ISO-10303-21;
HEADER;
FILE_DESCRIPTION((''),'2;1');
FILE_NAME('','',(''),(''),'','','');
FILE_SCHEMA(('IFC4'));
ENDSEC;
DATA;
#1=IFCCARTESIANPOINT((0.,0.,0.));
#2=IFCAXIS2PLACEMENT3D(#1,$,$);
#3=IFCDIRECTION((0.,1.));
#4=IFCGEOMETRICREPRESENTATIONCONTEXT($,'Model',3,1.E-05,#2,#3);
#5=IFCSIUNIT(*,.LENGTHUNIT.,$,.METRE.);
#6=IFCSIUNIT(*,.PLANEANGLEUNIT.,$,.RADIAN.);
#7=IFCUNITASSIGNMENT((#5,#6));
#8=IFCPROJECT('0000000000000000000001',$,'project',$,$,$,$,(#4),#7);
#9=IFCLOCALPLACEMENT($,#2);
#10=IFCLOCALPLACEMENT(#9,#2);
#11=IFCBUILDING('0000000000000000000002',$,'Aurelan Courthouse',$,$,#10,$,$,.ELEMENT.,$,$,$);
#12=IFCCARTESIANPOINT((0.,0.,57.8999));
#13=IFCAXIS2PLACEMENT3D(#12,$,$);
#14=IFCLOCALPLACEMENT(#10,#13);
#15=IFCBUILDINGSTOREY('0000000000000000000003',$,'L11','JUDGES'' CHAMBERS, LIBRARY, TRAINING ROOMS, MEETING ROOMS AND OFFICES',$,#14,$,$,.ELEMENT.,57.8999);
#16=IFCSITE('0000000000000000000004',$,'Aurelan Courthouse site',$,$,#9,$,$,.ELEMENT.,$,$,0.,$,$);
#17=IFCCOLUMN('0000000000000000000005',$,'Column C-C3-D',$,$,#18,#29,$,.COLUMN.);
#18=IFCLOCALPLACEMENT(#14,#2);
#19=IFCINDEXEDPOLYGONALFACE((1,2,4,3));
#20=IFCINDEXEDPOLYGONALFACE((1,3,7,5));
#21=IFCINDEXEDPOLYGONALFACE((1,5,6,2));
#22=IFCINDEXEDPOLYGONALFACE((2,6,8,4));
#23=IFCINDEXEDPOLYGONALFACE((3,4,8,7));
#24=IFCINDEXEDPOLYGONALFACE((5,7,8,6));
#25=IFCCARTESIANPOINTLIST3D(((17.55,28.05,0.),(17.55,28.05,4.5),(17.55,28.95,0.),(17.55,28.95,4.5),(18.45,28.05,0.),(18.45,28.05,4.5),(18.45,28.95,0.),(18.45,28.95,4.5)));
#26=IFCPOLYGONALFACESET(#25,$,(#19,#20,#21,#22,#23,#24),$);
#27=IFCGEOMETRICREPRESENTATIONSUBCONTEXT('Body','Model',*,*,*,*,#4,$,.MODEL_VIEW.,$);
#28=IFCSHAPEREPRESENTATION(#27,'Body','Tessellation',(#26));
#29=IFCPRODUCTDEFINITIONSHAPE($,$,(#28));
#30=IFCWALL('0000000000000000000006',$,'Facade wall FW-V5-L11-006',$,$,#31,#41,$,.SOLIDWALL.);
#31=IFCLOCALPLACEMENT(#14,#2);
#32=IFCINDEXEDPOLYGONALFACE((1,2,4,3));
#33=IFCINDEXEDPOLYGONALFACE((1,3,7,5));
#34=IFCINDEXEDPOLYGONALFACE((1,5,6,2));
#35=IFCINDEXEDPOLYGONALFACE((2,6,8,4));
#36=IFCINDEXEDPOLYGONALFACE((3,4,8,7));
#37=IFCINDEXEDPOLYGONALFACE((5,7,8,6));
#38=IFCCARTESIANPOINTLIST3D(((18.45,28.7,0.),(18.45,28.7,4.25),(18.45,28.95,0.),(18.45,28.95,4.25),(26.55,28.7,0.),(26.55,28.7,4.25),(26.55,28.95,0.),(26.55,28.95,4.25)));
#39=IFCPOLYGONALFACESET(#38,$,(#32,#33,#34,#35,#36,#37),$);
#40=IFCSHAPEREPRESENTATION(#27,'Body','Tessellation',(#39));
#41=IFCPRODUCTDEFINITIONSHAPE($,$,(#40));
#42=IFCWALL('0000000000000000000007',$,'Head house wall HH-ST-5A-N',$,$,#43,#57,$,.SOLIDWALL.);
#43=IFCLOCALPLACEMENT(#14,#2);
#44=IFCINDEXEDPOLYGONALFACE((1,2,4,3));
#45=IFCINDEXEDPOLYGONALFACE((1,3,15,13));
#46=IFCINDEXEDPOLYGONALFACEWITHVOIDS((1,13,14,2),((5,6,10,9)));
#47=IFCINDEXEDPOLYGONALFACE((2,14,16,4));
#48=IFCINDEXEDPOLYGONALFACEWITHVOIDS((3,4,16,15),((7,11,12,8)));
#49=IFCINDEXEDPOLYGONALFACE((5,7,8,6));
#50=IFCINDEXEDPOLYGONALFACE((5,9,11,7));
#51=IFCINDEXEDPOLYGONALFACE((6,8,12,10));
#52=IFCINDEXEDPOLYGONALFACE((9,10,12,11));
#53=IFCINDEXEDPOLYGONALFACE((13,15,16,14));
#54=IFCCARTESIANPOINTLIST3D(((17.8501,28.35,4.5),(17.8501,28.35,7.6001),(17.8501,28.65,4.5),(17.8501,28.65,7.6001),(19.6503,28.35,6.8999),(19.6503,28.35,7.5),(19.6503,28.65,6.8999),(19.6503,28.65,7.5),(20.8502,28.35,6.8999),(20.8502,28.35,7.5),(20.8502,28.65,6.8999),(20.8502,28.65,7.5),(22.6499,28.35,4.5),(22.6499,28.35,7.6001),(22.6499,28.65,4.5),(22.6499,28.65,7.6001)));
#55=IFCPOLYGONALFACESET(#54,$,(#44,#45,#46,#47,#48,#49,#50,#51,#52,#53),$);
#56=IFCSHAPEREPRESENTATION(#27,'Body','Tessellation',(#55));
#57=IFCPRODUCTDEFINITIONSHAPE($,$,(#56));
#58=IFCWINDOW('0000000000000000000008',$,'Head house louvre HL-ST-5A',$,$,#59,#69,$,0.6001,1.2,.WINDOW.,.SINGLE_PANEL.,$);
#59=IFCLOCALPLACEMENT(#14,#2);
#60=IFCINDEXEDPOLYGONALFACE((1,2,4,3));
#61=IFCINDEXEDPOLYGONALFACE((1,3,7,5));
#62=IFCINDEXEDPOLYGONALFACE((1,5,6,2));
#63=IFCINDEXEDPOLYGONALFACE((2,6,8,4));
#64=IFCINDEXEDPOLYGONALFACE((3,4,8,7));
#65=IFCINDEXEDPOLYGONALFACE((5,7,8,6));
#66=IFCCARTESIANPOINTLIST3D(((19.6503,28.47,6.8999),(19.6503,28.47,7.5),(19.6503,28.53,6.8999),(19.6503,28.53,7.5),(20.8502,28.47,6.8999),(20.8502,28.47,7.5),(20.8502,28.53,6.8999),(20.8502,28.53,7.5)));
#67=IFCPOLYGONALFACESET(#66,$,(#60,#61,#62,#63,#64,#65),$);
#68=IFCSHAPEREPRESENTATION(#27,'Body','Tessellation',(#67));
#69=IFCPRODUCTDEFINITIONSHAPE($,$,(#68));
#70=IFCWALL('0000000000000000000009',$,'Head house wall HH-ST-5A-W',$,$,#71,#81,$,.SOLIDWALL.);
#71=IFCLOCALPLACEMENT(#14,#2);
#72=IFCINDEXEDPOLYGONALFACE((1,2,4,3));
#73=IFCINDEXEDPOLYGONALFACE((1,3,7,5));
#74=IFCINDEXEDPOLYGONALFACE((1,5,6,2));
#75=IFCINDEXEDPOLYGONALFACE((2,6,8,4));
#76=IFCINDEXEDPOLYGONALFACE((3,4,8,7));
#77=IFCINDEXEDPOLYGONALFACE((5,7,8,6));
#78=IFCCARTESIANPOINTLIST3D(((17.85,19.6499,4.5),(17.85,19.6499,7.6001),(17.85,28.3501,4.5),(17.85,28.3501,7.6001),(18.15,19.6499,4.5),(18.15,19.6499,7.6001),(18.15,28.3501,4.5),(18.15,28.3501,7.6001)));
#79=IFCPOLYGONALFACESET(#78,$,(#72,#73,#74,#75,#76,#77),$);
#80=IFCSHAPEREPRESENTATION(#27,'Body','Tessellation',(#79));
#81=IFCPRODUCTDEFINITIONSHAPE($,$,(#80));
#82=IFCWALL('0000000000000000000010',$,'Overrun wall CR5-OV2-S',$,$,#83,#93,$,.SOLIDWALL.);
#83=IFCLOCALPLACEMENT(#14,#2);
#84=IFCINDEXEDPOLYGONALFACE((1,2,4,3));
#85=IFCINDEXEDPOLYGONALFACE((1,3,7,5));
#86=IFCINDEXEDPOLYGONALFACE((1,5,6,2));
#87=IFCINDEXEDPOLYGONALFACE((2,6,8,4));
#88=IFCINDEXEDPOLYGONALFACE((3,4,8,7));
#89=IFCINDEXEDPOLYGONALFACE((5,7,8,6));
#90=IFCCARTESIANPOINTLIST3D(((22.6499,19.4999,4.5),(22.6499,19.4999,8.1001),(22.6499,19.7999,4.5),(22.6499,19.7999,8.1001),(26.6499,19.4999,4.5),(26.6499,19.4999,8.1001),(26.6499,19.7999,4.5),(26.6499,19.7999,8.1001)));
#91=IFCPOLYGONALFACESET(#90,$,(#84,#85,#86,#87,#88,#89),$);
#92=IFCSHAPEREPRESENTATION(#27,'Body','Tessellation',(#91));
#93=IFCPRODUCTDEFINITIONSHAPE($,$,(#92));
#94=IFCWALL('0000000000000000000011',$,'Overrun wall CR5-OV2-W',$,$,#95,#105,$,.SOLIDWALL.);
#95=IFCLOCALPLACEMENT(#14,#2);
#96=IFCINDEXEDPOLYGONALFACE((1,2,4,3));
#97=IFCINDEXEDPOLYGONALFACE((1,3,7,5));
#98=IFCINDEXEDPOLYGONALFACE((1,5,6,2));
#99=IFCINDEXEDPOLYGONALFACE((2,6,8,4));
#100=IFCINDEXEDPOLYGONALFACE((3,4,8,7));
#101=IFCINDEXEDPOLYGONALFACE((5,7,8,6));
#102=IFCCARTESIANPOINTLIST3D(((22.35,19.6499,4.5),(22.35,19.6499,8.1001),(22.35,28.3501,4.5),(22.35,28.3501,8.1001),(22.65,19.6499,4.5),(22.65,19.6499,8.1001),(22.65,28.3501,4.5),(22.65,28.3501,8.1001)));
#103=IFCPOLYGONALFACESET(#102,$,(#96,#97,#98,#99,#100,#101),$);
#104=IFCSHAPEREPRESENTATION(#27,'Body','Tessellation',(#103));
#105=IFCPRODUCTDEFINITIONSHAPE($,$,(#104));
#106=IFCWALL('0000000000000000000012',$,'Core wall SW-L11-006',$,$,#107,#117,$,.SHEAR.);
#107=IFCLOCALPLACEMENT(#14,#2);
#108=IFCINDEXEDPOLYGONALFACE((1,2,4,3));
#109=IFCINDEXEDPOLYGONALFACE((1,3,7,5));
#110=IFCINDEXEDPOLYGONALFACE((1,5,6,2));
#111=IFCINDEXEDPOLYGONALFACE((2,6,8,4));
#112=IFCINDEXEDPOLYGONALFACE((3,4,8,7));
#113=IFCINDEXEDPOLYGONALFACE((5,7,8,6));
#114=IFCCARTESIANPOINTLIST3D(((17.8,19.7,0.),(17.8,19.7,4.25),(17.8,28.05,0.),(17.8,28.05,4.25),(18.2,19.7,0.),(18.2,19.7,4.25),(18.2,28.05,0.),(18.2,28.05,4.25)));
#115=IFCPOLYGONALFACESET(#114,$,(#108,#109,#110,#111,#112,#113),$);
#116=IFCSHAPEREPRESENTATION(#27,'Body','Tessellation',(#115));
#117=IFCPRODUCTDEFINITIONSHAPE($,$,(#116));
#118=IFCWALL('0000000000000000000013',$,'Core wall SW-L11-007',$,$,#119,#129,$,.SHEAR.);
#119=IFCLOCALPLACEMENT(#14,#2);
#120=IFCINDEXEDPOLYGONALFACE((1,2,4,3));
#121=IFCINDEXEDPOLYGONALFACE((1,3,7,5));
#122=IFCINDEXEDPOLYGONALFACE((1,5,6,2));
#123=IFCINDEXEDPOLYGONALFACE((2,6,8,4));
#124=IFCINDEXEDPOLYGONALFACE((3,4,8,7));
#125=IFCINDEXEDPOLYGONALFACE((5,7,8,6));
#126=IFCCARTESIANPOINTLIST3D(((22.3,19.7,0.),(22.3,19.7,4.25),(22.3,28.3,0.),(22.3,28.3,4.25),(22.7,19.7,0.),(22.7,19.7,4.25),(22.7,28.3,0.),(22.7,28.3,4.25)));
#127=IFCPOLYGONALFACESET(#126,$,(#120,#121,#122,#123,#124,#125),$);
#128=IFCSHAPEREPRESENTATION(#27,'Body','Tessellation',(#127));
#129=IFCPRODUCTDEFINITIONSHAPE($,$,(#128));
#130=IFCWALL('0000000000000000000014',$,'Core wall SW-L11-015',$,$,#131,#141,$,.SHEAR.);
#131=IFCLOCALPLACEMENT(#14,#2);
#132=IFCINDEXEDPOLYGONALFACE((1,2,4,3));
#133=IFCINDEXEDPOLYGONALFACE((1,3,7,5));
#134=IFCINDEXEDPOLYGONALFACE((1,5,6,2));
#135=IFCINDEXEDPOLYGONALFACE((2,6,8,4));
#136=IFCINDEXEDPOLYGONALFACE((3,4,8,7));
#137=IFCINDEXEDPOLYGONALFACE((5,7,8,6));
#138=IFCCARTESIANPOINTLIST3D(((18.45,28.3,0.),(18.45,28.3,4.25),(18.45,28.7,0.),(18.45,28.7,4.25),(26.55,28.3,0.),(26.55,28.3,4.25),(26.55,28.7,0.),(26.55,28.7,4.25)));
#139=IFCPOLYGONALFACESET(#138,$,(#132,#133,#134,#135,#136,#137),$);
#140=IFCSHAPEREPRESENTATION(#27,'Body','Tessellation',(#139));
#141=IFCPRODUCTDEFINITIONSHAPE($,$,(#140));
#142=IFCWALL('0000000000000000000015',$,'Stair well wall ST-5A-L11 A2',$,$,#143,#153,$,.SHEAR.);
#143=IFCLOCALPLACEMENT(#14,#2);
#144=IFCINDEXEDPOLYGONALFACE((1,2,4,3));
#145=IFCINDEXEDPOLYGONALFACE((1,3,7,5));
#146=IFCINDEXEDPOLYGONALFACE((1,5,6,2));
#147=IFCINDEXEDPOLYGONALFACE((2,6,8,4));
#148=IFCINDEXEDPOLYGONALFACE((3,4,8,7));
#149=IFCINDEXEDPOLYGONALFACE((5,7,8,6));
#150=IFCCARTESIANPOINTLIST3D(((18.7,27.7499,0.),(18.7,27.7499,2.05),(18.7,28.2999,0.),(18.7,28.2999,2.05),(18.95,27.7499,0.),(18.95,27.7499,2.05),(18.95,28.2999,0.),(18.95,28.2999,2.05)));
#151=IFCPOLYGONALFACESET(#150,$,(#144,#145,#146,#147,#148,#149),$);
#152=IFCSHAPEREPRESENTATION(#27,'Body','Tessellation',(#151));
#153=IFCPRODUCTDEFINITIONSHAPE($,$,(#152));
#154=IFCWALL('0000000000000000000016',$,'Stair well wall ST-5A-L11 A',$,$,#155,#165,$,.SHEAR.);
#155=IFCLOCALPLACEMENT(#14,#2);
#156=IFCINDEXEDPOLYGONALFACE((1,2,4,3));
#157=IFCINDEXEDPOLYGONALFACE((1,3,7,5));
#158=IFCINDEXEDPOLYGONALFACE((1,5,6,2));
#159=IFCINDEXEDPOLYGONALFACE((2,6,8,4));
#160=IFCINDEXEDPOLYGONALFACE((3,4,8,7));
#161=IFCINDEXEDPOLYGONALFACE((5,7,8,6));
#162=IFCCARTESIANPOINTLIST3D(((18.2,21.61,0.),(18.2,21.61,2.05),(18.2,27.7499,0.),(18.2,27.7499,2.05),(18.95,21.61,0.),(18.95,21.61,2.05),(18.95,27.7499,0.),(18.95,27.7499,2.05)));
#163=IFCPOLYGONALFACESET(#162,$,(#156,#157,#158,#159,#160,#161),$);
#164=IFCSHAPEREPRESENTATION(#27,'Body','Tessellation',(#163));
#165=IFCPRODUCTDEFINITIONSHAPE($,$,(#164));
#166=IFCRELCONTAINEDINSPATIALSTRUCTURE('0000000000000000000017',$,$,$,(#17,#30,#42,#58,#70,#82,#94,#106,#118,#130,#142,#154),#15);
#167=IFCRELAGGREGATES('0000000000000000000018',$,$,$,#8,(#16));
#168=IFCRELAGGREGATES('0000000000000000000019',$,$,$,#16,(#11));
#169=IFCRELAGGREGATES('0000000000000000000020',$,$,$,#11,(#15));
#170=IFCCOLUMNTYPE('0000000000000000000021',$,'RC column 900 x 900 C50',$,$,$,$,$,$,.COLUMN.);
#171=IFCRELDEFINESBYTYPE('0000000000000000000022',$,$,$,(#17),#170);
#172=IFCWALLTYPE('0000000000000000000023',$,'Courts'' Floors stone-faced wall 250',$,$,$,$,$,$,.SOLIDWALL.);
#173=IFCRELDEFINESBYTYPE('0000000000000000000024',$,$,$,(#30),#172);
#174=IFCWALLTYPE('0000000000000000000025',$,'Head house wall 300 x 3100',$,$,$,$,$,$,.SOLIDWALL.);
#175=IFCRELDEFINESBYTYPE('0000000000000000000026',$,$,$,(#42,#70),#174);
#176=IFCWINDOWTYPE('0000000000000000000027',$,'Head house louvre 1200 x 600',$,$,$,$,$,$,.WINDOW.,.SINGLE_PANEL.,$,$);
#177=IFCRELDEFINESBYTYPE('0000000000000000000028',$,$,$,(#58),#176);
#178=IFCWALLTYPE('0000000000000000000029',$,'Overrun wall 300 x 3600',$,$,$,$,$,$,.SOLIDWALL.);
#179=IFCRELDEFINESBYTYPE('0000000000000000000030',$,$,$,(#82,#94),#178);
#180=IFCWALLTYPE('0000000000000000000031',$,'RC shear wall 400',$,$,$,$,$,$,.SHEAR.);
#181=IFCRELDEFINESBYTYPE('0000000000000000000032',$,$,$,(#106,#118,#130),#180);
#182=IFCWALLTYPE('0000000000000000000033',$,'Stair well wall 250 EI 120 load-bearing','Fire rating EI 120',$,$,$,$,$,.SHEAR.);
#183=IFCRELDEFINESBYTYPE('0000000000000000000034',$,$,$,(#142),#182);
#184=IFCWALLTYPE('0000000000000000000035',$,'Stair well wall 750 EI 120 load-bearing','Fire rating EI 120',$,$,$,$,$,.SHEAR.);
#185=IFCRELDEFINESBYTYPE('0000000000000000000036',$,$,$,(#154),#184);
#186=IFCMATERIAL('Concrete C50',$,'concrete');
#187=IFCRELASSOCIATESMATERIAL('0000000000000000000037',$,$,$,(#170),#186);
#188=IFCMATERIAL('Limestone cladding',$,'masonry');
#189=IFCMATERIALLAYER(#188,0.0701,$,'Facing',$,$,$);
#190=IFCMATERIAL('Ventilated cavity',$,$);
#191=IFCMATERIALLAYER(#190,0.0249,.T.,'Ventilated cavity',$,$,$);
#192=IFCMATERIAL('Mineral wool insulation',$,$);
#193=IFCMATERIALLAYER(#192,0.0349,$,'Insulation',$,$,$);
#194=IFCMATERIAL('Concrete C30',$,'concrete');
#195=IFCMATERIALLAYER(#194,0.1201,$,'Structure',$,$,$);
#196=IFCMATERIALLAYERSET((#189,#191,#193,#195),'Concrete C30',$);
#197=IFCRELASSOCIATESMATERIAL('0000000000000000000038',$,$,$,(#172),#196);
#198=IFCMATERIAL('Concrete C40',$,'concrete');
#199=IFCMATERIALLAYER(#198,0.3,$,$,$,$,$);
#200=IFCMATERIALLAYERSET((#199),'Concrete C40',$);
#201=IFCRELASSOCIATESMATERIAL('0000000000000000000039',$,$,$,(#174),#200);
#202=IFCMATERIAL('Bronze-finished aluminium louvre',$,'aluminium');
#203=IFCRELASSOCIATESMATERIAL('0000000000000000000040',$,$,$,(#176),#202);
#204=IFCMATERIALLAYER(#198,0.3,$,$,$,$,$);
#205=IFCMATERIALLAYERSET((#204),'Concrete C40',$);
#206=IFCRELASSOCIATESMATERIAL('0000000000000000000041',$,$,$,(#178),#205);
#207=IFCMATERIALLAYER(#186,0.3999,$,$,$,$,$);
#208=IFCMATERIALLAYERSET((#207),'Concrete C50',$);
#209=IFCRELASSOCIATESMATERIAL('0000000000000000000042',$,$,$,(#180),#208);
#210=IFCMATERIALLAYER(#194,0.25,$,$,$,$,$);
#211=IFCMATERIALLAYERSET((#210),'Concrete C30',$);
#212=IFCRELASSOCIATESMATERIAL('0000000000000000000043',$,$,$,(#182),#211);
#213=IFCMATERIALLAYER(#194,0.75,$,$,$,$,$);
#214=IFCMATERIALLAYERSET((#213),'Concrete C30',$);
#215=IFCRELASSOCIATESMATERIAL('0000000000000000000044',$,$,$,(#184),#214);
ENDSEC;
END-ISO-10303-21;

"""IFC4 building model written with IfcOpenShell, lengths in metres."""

from ifc_helpers import new_model, si_unit, direction, frame, frame_2d, origin, origin_2d, place, context, subcontext, project, spatial, rectangle, extrude, material, layer, layer_set, material_profile, profile_set, type_object, element, fill, save


model = new_model("IFC4")

# Units and contexts
model_context = context("Model", 3, precision=1e-05, world=origin(), true_north=direction((0.0, 1.0)))
body_context = subcontext(model_context, "Body", "Model", "MODEL_VIEW")
ifc_project = project(units=[si_unit("LENGTHUNIT", "METRE"), si_unit("PLANEANGLEUNIT", "RADIAN")], contexts=[model_context])

# Site, building, storey
site_placement = place(None, origin())
site = spatial("IfcSite", under=ifc_project, at=site_placement, Name="Aurelan Courthouse site", CompositionType="ELEMENT", RefElevation=0.0)
building_placement = place(site_placement, origin())
building = spatial("IfcBuilding", under=site, at=building_placement, Name="Aurelan Courthouse", CompositionType="ELEMENT")
storey_placement = place(building_placement, frame((0.0, 0.0, 57.8999)))
storey = spatial("IfcBuildingStorey", under=building, at=storey_placement, Name="L11", Description="JUDGES' CHAMBERS, LIBRARY, TRAINING ROOMS, MEETING ROOMS AND OFFICES", CompositionType="ELEMENT", Elevation=57.8999)

# Column
ifc_material_1 = material(Name="Concrete C50", Category="concrete")
ifc_material_profile = material_profile(ifc_material_1, rectangle(XDim=0.8999, YDim=0.8999, at=origin_2d()), Name="RC 900 x 900")
ifc_profile_set = profile_set([ifc_material_profile], Name="Concrete C50")
column_type = type_object("IfcColumnType", Name="RC column 900 x 900 C50", PredefinedType="COLUMN", material=ifc_profile_set)
column_placement = place(storey_placement, frame((18.0, 28.5, 0.0), z_axis=(0.0, 0.0, 1.0), x_axis=(1.0, 0.0, 0.0)))
element("IfcColumn", 1, at=column_placement, inside=storey, type_object=column_type, Name="Column C-C3-D", PredefinedType="COLUMN", context=body_context, shape_type="SweptSolid", body=[
    extrude(rectangle(XDim=0.8999, YDim=0.8999, at=origin_2d()), origin(), (0.0, 0.0, 1.0), 4.5),
])

# Wall
ifc_material_2 = material(Name="Limestone cladding", Category="masonry")
ifc_layer_1 = layer(ifc_material_2, 0.0701, Name="Facing")
ifc_material_3 = material(Name="Ventilated cavity")
ifc_layer_2 = layer(ifc_material_3, 0.0249, ventilated=True, Name="Ventilated cavity")
ifc_material_4 = material(Name="Mineral wool insulation")
ifc_layer_3 = layer(ifc_material_4, 0.0349, Name="Insulation")
ifc_material_5 = material(Name="Concrete C30", Category="concrete")
ifc_layer_4 = layer(ifc_material_5, 0.1201, Name="Structure")
ifc_layer_set_1 = layer_set([ifc_layer_1, ifc_layer_2, ifc_layer_3, ifc_layer_4], Name="Concrete C30")
wall_type_1 = type_object("IfcWallType", Name="Courts' Floors stone-faced wall 250", PredefinedType="SOLIDWALL", material=ifc_layer_set_1)
wall_1_placement = place(storey_placement, frame((18.45, 28.825, 0.0), z_axis=(0.0, 0.0, 1.0), x_axis=(1.0, 0.0, 0.0)))
element("IfcWall", 2, at=wall_1_placement, inside=storey, type_object=wall_type_1, Name="Facade wall FW-V5-L11-006", PredefinedType="SOLIDWALL", context=body_context, shape_type="SweptSolid", body=[
    extrude(rectangle(XDim=8.1001, YDim=0.25, at=frame_2d((4.05, 0.0))), origin(), (0.0, 0.0, 1.0), 4.25),
])

# Wall, opening, window
ifc_material_6 = material(Name="Concrete C40", Category="concrete")
ifc_layer_5 = layer(ifc_material_6, 0.3)
ifc_layer_set_2 = layer_set([ifc_layer_5], Name="Concrete C40")
wall_type_2 = type_object("IfcWallType", Name="Head house wall 300 x 3100", PredefinedType="SOLIDWALL", material=ifc_layer_set_2)
wall_2_placement = place(storey_placement, frame((17.8501, 28.5, 4.5), z_axis=(0.0, 0.0, 1.0), x_axis=(1.0, 0.0, 0.0)))
wall_2 = element("IfcWall", 3, at=wall_2_placement, inside=storey, type_object=wall_type_2, Name="Head house wall HH-ST-5A-N", PredefinedType="SOLIDWALL", context=body_context, shape_type="SweptSolid", body=[
    extrude(rectangle(XDim=4.7998, YDim=0.3, at=frame_2d((2.3999, 0.0))), origin(), (0.0, 0.0, 1.0), 3.1001),
])
opening_placement = place(wall_2_placement, frame((1.8, 0.0, 2.3999)))
opening = element("IfcOpeningElement", 4, at=opening_placement, cuts=wall_2, PredefinedType="OPENING", context=body_context, shape_type="SweptSolid", body=[
    extrude(rectangle(XDim=1.2, YDim=0.6001, at=frame_2d((0.6001, 0.3))), frame((0.0, 0.1599, 0.0), z_axis=(0.0, -1.0, 0.0), x_axis=(1.0, 0.0, 0.0)), (0.0, 0.0, 1.0), 0.3201),
])
ifc_material_7 = material(Name="Bronze-finished aluminium louvre", Category="aluminium")
window_type = type_object("IfcWindowType", Name="Head house louvre 1200 x 600", PartitioningType="SINGLE_PANEL", PredefinedType="WINDOW", material=ifc_material_7)
window_placement = place(opening_placement, origin())
window = element("IfcWindow", 5, at=window_placement, inside=storey, type_object=window_type, Name="Head house louvre HL-ST-5A", OverallHeight=0.6001, OverallWidth=1.2, PartitioningType="SINGLE_PANEL", PredefinedType="WINDOW", context=body_context, shape_type="SweptSolid", body=[
    extrude(rectangle(XDim=1.2, YDim=0.6001, at=frame_2d((0.6001, 0.3))), frame((0.0, 0.03, 0.0), z_axis=(0.0, -1.0, 0.0), x_axis=(1.0, 0.0, 0.0)), (0.0, 0.0, 1.0), 0.0601),
])
fill(opening, window)

# Walls
wall_3_placement = place(storey_placement, frame((18.0, 19.6499, 4.5), z_axis=(0.0, 0.0, 1.0), x_axis=(0.0, 1.0, 0.0)))
element("IfcWall", 6, at=wall_3_placement, inside=storey, type_object=wall_type_2, Name="Head house wall HH-ST-5A-W", PredefinedType="SOLIDWALL", context=body_context, shape_type="SweptSolid", body=[
    extrude(rectangle(XDim=8.7002, YDim=0.3, at=frame_2d((4.3501, 0.0))), origin(), (0.0, 0.0, 1.0), 3.1001),
])
ifc_layer_6 = layer(ifc_material_6, 0.3)
ifc_layer_set_3 = layer_set([ifc_layer_6], Name="Concrete C40")
wall_type_3 = type_object("IfcWallType", Name="Overrun wall 300 x 3600", PredefinedType="SOLIDWALL", material=ifc_layer_set_3)
wall_4_placement = place(storey_placement, frame((22.6499, 19.6499, 4.5), z_axis=(0.0, 0.0, 1.0), x_axis=(1.0, 0.0, 0.0)))
element("IfcWall", 7, at=wall_4_placement, inside=storey, type_object=wall_type_3, Name="Overrun wall CR5-OV2-S", PredefinedType="SOLIDWALL", context=body_context, shape_type="SweptSolid", body=[
    extrude(rectangle(XDim=4.0, YDim=0.3, at=frame_2d((2.0, 0.0))), origin(), (0.0, 0.0, 1.0), 3.6001),
])
wall_5_placement = place(storey_placement, frame((22.5, 19.6499, 4.5), z_axis=(0.0, 0.0, 1.0), x_axis=(0.0, 1.0, 0.0)))
element("IfcWall", 8, at=wall_5_placement, inside=storey, type_object=wall_type_3, Name="Overrun wall CR5-OV2-W", PredefinedType="SOLIDWALL", context=body_context, shape_type="SweptSolid", body=[
    extrude(rectangle(XDim=8.7002, YDim=0.3, at=frame_2d((4.3501, 0.0))), origin(), (0.0, 0.0, 1.0), 3.6001),
])
ifc_layer_7 = layer(ifc_material_1, 0.3999)
ifc_layer_set_4 = layer_set([ifc_layer_7], Name="Concrete C50")
wall_type_4 = type_object("IfcWallType", Name="RC shear wall 400", PredefinedType="SHEAR", material=ifc_layer_set_4)
wall_6_placement = place(storey_placement, frame((18.0, 19.7, 0.0), z_axis=(0.0, 0.0, 1.0), x_axis=(0.0, 1.0, 0.0)))
element("IfcWall", 9, at=wall_6_placement, inside=storey, type_object=wall_type_4, Name="Core wall SW-L11-006", PredefinedType="SHEAR", context=body_context, shape_type="SweptSolid", body=[
    extrude(rectangle(XDim=8.3501, YDim=0.3999, at=frame_2d((4.175, 0.0))), origin(), (0.0, 0.0, 1.0), 4.25),
])
wall_7_placement = place(storey_placement, frame((22.5, 19.7, 0.0), z_axis=(0.0, 0.0, 1.0), x_axis=(0.0, 1.0, 0.0)))
element("IfcWall", 10, at=wall_7_placement, inside=storey, type_object=wall_type_4, Name="Core wall SW-L11-007", PredefinedType="SHEAR", context=body_context, shape_type="SweptSolid", body=[
    extrude(rectangle(XDim=8.6001, YDim=0.3999, at=frame_2d((4.3, 0.0))), origin(), (0.0, 0.0, 1.0), 4.25),
])
wall_8_placement = place(storey_placement, frame((18.45, 28.5, 0.0), z_axis=(0.0, 0.0, 1.0), x_axis=(1.0, 0.0, 0.0)))
element("IfcWall", 11, at=wall_8_placement, inside=storey, type_object=wall_type_4, Name="Core wall SW-L11-015", PredefinedType="SHEAR", context=body_context, shape_type="SweptSolid", body=[
    extrude(rectangle(XDim=8.1001, YDim=0.3999, at=frame_2d((4.05, 0.0))), origin(), (0.0, 0.0, 1.0), 4.25),
])
ifc_layer_8 = layer(ifc_material_5, 0.25)
ifc_layer_set_5 = layer_set([ifc_layer_8], Name="Concrete C30")
wall_type_5 = type_object("IfcWallType", Name="Stair well wall 250 EI 120 load-bearing", Description="Fire rating EI 120", PredefinedType="SHEAR", material=ifc_layer_set_5)
wall_9_placement = place(storey_placement, frame((18.825, 27.75, 0.0), z_axis=(0.0, 0.0, 1.0), x_axis=(0.0, 1.0, 0.0)))
element("IfcWall", 12, at=wall_9_placement, inside=storey, type_object=wall_type_5, Name="Stair well wall ST-5A-L11 A2", PredefinedType="SHEAR", context=body_context, shape_type="SweptSolid", body=[
    extrude(rectangle(XDim=0.55, YDim=0.25, at=frame_2d((0.2749, 0.0))), origin(), (0.0, 0.0, 1.0), 2.05),
])
ifc_layer_9 = layer(ifc_material_5, 0.75)
ifc_layer_set_6 = layer_set([ifc_layer_9], Name="Concrete C30")
wall_type_6 = type_object("IfcWallType", Name="Stair well wall 750 EI 120 load-bearing", Description="Fire rating EI 120", PredefinedType="SHEAR", material=ifc_layer_set_6)
wall_10_placement = place(storey_placement, frame((18.575, 21.6101, 0.0), z_axis=(0.0, 0.0, 1.0), x_axis=(0.0, 1.0, 0.0)))
element("IfcWall", 13, at=wall_10_placement, inside=storey, type_object=wall_type_6, Name="Stair well wall ST-5A-L11 A", PredefinedType="SHEAR", context=body_context, shape_type="SweptSolid", body=[
    extrude(rectangle(XDim=6.1399, YDim=0.75, at=frame_2d((3.0698, 0.0))), origin(), (0.0, 0.0, 1.0), 2.05),
])

save(model, "model.ifc")
